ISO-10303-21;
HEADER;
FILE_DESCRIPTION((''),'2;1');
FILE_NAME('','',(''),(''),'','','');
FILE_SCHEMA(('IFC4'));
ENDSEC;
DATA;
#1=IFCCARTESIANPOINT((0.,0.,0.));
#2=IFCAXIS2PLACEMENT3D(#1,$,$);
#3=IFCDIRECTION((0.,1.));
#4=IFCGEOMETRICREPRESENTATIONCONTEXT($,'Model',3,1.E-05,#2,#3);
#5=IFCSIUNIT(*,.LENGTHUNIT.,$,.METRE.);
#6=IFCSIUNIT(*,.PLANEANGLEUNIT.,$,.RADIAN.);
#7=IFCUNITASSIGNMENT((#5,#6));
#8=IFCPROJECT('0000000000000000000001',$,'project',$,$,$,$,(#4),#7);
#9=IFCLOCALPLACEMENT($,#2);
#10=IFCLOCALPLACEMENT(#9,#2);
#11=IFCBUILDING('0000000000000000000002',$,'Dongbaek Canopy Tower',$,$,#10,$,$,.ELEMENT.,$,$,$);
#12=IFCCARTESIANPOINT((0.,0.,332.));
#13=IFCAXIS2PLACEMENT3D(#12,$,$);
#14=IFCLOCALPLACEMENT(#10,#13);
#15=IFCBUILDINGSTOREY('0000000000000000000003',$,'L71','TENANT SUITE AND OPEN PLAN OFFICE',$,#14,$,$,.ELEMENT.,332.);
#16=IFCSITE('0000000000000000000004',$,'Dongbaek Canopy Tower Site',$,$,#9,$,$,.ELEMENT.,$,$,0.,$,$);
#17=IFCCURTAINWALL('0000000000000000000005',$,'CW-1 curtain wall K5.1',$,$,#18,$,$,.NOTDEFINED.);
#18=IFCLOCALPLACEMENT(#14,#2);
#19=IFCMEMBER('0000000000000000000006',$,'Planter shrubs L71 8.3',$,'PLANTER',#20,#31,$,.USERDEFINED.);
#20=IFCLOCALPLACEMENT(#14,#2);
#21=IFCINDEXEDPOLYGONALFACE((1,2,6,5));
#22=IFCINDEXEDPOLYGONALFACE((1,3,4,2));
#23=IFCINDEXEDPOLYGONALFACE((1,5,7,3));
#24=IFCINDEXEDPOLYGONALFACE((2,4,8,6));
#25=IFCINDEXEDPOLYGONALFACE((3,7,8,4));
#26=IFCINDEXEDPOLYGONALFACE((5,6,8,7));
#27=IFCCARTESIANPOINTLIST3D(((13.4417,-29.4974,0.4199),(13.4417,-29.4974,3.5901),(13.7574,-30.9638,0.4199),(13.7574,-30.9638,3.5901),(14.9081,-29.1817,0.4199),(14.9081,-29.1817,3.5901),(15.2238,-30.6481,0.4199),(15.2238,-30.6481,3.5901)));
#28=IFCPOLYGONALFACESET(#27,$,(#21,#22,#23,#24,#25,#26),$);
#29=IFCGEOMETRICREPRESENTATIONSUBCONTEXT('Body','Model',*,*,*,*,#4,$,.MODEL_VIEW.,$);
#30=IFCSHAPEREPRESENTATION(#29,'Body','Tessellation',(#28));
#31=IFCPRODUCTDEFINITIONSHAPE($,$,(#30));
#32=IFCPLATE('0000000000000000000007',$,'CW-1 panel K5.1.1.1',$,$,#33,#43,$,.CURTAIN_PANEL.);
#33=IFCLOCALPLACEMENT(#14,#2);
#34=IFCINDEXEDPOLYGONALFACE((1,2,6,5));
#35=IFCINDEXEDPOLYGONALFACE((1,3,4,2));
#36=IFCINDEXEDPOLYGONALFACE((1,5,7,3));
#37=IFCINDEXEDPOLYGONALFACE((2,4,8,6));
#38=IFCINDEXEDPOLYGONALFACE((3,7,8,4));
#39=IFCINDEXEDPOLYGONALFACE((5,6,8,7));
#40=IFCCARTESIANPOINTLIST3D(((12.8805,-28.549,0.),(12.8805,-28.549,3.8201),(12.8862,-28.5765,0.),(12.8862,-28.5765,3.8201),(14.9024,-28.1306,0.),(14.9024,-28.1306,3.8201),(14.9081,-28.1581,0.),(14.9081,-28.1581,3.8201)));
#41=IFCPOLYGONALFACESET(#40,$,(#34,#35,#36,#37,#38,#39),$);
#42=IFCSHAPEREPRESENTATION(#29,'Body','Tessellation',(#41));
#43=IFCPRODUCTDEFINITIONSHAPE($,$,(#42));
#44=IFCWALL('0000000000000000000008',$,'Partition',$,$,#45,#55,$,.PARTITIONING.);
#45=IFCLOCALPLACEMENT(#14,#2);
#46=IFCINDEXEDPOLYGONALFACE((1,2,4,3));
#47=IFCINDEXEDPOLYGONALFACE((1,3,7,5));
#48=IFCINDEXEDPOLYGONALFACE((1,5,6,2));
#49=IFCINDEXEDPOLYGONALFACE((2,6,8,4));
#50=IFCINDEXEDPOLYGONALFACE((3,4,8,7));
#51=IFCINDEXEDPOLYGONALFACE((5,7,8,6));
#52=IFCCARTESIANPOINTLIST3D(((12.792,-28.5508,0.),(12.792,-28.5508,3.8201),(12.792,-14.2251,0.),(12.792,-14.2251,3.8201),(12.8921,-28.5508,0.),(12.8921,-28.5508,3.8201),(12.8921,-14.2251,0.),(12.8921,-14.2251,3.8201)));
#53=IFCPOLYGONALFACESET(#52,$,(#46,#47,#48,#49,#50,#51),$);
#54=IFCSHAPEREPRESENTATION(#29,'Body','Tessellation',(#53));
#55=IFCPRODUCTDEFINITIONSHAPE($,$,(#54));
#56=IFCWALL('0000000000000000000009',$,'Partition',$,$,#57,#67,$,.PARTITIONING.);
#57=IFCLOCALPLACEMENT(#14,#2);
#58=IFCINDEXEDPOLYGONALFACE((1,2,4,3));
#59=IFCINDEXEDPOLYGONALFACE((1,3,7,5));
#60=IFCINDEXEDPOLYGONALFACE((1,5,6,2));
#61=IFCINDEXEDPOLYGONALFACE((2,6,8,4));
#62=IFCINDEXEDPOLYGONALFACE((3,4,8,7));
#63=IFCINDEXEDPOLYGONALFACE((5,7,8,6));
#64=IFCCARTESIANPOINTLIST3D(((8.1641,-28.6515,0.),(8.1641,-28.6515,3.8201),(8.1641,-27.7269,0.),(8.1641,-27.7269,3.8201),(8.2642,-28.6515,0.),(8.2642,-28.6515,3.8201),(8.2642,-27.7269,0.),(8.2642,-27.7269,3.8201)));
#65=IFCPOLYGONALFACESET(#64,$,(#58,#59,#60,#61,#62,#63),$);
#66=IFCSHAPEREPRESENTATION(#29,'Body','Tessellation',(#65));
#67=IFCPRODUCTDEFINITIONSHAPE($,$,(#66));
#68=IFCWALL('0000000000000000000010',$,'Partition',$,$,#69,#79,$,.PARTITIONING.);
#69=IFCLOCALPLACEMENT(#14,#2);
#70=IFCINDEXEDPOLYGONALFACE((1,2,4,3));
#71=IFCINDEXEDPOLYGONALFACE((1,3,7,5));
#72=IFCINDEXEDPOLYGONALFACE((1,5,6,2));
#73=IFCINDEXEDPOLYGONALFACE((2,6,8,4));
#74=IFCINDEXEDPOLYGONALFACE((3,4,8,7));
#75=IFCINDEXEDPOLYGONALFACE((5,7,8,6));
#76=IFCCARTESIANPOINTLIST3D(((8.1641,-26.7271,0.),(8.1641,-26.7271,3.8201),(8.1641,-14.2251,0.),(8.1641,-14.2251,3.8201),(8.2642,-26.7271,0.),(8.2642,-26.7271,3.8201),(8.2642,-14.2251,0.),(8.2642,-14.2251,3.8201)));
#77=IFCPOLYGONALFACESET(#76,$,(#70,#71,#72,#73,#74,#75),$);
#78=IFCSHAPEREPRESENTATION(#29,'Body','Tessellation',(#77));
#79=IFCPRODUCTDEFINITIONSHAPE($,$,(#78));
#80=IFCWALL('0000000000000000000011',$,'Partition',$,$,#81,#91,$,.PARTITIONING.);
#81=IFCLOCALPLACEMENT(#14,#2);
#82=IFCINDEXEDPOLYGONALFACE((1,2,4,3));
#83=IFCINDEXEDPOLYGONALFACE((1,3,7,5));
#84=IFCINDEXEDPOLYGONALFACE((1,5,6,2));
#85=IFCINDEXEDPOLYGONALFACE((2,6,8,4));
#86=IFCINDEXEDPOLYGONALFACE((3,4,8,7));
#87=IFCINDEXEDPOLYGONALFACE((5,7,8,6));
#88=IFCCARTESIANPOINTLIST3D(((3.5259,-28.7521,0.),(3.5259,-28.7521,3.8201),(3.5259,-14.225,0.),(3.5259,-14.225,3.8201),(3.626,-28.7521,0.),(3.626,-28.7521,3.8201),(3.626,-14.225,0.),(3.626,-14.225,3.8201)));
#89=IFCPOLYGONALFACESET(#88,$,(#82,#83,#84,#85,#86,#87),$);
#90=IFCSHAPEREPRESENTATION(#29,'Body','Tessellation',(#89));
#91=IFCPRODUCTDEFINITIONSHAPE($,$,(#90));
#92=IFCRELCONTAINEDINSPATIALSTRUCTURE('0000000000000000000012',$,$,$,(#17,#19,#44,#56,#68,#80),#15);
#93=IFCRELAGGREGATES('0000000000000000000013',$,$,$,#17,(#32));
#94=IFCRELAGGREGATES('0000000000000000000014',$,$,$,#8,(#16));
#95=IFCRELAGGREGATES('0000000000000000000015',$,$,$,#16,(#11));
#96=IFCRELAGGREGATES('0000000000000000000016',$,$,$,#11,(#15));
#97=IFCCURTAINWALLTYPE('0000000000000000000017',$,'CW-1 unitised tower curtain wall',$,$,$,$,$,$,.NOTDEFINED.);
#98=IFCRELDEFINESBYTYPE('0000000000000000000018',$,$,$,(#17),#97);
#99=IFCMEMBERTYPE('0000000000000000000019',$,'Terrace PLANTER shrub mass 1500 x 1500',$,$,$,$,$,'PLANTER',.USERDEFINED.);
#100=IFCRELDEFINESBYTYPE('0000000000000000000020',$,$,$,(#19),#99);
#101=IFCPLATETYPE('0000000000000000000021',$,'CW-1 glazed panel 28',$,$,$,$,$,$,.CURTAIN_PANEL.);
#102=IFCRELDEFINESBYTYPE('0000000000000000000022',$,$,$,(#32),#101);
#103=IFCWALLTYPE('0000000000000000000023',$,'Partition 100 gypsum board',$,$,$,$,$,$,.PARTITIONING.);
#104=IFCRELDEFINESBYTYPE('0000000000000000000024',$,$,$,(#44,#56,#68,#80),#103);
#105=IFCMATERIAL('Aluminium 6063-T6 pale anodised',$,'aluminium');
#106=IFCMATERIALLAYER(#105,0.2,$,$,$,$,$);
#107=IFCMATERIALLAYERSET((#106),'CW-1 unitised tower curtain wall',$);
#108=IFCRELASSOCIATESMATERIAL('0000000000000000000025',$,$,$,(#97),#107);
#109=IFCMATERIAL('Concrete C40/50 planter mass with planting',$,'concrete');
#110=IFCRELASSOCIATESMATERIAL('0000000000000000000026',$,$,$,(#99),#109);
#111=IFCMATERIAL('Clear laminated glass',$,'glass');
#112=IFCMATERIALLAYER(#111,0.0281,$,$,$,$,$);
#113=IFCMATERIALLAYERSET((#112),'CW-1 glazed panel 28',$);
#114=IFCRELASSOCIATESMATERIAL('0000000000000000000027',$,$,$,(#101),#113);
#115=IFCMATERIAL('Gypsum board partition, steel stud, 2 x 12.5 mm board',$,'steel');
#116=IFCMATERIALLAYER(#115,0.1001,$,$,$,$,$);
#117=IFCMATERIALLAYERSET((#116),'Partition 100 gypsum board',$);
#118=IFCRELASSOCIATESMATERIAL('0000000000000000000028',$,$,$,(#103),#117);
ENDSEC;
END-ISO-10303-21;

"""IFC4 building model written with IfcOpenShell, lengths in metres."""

from ifc_helpers import new_model, si_unit, direction, frame, frame_2d, origin, origin_2d, place, context, subcontext, project, spatial, rectangle, extrude, material, layer, layer_set, material_profile, profile_set, type_object, element, aggregate, save


model = new_model("IFC4")

# Units and contexts
model_context = context("Model", 3, precision=1e-05, world=origin(), true_north=direction((0.0, 1.0)))
body_context = subcontext(model_context, "Body", "Model", "MODEL_VIEW")
ifc_project = project(units=[si_unit("LENGTHUNIT", "METRE"), si_unit("PLANEANGLEUNIT", "RADIAN")], contexts=[model_context])

# Site, building, storey
site_placement = place(None, origin())
site = spatial("IfcSite", under=ifc_project, at=site_placement, Name="Dongbaek Canopy Tower Site", CompositionType="ELEMENT", RefElevation=0.0)
building_placement = place(site_placement, origin())
building = spatial("IfcBuilding", under=site, at=building_placement, Name="Dongbaek Canopy Tower", CompositionType="ELEMENT")
storey_placement = place(building_placement, frame((0.0, 0.0, 332.0)))
storey = spatial("IfcBuildingStorey", under=building, at=storey_placement, Name="L71", Description="TENANT SUITE AND OPEN PLAN OFFICE", CompositionType="ELEMENT", Elevation=332.0)

# Curtain wall
ifc_material_1 = material(Name="Aluminium 6063-T6 pale anodised", Category="aluminium")
ifc_layer_1 = layer(ifc_material_1, 0.2)
ifc_layer_set_1 = layer_set([ifc_layer_1], Name="CW-1 unitised tower curtain wall")
curtain_wall_type = type_object("IfcCurtainWallType", Name="CW-1 unitised tower curtain wall", PredefinedType="NOTDEFINED", material=ifc_layer_set_1)
curtain_wall_placement = place(storey_placement, origin())
curtain_wall = element("IfcCurtainWall", 1, at=curtain_wall_placement, inside=storey, type_object=curtain_wall_type, Name="CW-1 curtain wall K5.1", PredefinedType="NOTDEFINED")

# Member
ifc_material_2 = material(Name="Concrete C40/50 planter mass with planting", Category="concrete")
ifc_material_profile_1 = material_profile(ifc_material_2, rectangle(XDim=1.5, YDim=1.5, at=origin_2d()), Name="Terrace PLANTER shrub mass 1500 x 1500")
ifc_profile_set_1 = profile_set([ifc_material_profile_1], Name="Concrete C40/50 planter mass with planting")
member_type_1 = type_object("IfcMemberType", Name="Terrace PLANTER shrub mass 1500 x 1500", ElementType="PLANTER", PredefinedType="USERDEFINED", material=ifc_profile_set_1)
member_1_placement = place(storey_placement, frame((14.3328, -30.0728, 0.4199), z_axis=(0.0, 0.0, 1.0), x_axis=(0.210435, -0.977608, 0.0)))
element("IfcMember", 2, at=member_1_placement, inside=storey, type_object=member_type_1, Name="Planter shrubs L71 8.3", ObjectType="PLANTER", PredefinedType="USERDEFINED", context=body_context, shape_type="SweptSolid", body=[
    extrude(rectangle(XDim=1.5, YDim=1.5, at=origin_2d()), origin(), (0.0, 0.0, 1.0), 3.1702),
])

# Plate
ifc_material_3 = material(Name="Clear laminated glass", Category="glass")
ifc_layer_2 = layer(ifc_material_3, 0.0281)
ifc_layer_set_2 = layer_set([ifc_layer_2], Name="CW-1 glazed panel 28")
plate_type = type_object("IfcPlateType", Name="CW-1 glazed panel 28", PredefinedType="CURTAIN_PANEL", material=ifc_layer_set_2)
plate_placement = place(storey_placement, frame((13.8943, -28.3535, 0.0), z_axis=(0.0, 0.0, 1.0), x_axis=(0.979253, 0.202641, 0.0)))
plate = element("IfcPlate", 3, at=plate_placement, type_object=plate_type, Name="CW-1 panel K5.1.1.1", PredefinedType="CURTAIN_PANEL", context=body_context, shape_type="SweptSolid", body=[
    extrude(rectangle(XDim=2.0647, YDim=0.0281, at=origin_2d()), origin(), (0.0, 0.0, 1.0), 3.8201),
])
aggregate(curtain_wall, [plate])

# Walls
ifc_material_4 = material(Name="Gypsum board partition, steel stud, 2 x 12.5 mm board", Category="steel")
ifc_layer_3 = layer(ifc_material_4, 0.1001)
ifc_layer_set_3 = layer_set([ifc_layer_3], Name="Partition 100 gypsum board")
wall_type_1 = type_object("IfcWallType", Name="Partition 100 gypsum board", PredefinedType="PARTITIONING", material=ifc_layer_set_3)
wall_1_placement = place(storey_placement, frame((12.842, -28.5508, 0.0), z_axis=(0.0, 0.0, 1.0), x_axis=(0.0, 1.0, 0.0)))
element("IfcWall", 4, at=wall_1_placement, inside=storey, type_object=wall_type_1, Name="Partition", PredefinedType="PARTITIONING", context=body_context, shape_type="SweptSolid", body=[
    extrude(rectangle(XDim=14.3257, YDim=0.1001, at=frame_2d((7.1628, 0.0))), origin(), (0.0, 0.0, 1.0), 3.8201),
])
wall_2_placement = place(storey_placement, frame((8.2141, -28.6516, 0.0), z_axis=(0.0, 0.0, 1.0), x_axis=(0.0, 1.0, 0.0)))
element("IfcWall", 5, at=wall_2_placement, inside=storey, type_object=wall_type_1, Name="Partition", PredefinedType="PARTITIONING", context=body_context, shape_type="SweptSolid", body=[
    extrude(rectangle(XDim=0.9246, YDim=0.1001, at=frame_2d((0.4624, 0.0))), origin(), (0.0, 0.0, 1.0), 3.8201),
])
wall_3_placement = place(storey_placement, frame((8.2141, -26.7271, 0.0), z_axis=(0.0, 0.0, 1.0), x_axis=(0.0, 1.0, 0.0)))
element("IfcWall", 6, at=wall_3_placement, inside=storey, type_object=wall_type_1, Name="Partition", PredefinedType="PARTITIONING", context=body_context, shape_type="SweptSolid", body=[
    extrude(rectangle(XDim=12.502, YDim=0.1001, at=frame_2d((6.251, 0.0))), origin(), (0.0, 0.0, 1.0), 3.8201),
])
wall_4_placement = place(storey_placement, frame((3.5759, -28.7522, 0.0), z_axis=(0.0, 0.0, 1.0), x_axis=(0.0, 1.0, 0.0)))
element("IfcWall", 7, at=wall_4_placement, inside=storey, type_object=wall_type_1, Name="Partition", PredefinedType="PARTITIONING", context=body_context, shape_type="SweptSolid", body=[
    extrude(rectangle(XDim=14.5271, YDim=0.1001, at=frame_2d((7.2637, 0.0))), origin(), (0.0, 0.0, 1.0), 3.8201),
])

save(model, "model.ifc")
